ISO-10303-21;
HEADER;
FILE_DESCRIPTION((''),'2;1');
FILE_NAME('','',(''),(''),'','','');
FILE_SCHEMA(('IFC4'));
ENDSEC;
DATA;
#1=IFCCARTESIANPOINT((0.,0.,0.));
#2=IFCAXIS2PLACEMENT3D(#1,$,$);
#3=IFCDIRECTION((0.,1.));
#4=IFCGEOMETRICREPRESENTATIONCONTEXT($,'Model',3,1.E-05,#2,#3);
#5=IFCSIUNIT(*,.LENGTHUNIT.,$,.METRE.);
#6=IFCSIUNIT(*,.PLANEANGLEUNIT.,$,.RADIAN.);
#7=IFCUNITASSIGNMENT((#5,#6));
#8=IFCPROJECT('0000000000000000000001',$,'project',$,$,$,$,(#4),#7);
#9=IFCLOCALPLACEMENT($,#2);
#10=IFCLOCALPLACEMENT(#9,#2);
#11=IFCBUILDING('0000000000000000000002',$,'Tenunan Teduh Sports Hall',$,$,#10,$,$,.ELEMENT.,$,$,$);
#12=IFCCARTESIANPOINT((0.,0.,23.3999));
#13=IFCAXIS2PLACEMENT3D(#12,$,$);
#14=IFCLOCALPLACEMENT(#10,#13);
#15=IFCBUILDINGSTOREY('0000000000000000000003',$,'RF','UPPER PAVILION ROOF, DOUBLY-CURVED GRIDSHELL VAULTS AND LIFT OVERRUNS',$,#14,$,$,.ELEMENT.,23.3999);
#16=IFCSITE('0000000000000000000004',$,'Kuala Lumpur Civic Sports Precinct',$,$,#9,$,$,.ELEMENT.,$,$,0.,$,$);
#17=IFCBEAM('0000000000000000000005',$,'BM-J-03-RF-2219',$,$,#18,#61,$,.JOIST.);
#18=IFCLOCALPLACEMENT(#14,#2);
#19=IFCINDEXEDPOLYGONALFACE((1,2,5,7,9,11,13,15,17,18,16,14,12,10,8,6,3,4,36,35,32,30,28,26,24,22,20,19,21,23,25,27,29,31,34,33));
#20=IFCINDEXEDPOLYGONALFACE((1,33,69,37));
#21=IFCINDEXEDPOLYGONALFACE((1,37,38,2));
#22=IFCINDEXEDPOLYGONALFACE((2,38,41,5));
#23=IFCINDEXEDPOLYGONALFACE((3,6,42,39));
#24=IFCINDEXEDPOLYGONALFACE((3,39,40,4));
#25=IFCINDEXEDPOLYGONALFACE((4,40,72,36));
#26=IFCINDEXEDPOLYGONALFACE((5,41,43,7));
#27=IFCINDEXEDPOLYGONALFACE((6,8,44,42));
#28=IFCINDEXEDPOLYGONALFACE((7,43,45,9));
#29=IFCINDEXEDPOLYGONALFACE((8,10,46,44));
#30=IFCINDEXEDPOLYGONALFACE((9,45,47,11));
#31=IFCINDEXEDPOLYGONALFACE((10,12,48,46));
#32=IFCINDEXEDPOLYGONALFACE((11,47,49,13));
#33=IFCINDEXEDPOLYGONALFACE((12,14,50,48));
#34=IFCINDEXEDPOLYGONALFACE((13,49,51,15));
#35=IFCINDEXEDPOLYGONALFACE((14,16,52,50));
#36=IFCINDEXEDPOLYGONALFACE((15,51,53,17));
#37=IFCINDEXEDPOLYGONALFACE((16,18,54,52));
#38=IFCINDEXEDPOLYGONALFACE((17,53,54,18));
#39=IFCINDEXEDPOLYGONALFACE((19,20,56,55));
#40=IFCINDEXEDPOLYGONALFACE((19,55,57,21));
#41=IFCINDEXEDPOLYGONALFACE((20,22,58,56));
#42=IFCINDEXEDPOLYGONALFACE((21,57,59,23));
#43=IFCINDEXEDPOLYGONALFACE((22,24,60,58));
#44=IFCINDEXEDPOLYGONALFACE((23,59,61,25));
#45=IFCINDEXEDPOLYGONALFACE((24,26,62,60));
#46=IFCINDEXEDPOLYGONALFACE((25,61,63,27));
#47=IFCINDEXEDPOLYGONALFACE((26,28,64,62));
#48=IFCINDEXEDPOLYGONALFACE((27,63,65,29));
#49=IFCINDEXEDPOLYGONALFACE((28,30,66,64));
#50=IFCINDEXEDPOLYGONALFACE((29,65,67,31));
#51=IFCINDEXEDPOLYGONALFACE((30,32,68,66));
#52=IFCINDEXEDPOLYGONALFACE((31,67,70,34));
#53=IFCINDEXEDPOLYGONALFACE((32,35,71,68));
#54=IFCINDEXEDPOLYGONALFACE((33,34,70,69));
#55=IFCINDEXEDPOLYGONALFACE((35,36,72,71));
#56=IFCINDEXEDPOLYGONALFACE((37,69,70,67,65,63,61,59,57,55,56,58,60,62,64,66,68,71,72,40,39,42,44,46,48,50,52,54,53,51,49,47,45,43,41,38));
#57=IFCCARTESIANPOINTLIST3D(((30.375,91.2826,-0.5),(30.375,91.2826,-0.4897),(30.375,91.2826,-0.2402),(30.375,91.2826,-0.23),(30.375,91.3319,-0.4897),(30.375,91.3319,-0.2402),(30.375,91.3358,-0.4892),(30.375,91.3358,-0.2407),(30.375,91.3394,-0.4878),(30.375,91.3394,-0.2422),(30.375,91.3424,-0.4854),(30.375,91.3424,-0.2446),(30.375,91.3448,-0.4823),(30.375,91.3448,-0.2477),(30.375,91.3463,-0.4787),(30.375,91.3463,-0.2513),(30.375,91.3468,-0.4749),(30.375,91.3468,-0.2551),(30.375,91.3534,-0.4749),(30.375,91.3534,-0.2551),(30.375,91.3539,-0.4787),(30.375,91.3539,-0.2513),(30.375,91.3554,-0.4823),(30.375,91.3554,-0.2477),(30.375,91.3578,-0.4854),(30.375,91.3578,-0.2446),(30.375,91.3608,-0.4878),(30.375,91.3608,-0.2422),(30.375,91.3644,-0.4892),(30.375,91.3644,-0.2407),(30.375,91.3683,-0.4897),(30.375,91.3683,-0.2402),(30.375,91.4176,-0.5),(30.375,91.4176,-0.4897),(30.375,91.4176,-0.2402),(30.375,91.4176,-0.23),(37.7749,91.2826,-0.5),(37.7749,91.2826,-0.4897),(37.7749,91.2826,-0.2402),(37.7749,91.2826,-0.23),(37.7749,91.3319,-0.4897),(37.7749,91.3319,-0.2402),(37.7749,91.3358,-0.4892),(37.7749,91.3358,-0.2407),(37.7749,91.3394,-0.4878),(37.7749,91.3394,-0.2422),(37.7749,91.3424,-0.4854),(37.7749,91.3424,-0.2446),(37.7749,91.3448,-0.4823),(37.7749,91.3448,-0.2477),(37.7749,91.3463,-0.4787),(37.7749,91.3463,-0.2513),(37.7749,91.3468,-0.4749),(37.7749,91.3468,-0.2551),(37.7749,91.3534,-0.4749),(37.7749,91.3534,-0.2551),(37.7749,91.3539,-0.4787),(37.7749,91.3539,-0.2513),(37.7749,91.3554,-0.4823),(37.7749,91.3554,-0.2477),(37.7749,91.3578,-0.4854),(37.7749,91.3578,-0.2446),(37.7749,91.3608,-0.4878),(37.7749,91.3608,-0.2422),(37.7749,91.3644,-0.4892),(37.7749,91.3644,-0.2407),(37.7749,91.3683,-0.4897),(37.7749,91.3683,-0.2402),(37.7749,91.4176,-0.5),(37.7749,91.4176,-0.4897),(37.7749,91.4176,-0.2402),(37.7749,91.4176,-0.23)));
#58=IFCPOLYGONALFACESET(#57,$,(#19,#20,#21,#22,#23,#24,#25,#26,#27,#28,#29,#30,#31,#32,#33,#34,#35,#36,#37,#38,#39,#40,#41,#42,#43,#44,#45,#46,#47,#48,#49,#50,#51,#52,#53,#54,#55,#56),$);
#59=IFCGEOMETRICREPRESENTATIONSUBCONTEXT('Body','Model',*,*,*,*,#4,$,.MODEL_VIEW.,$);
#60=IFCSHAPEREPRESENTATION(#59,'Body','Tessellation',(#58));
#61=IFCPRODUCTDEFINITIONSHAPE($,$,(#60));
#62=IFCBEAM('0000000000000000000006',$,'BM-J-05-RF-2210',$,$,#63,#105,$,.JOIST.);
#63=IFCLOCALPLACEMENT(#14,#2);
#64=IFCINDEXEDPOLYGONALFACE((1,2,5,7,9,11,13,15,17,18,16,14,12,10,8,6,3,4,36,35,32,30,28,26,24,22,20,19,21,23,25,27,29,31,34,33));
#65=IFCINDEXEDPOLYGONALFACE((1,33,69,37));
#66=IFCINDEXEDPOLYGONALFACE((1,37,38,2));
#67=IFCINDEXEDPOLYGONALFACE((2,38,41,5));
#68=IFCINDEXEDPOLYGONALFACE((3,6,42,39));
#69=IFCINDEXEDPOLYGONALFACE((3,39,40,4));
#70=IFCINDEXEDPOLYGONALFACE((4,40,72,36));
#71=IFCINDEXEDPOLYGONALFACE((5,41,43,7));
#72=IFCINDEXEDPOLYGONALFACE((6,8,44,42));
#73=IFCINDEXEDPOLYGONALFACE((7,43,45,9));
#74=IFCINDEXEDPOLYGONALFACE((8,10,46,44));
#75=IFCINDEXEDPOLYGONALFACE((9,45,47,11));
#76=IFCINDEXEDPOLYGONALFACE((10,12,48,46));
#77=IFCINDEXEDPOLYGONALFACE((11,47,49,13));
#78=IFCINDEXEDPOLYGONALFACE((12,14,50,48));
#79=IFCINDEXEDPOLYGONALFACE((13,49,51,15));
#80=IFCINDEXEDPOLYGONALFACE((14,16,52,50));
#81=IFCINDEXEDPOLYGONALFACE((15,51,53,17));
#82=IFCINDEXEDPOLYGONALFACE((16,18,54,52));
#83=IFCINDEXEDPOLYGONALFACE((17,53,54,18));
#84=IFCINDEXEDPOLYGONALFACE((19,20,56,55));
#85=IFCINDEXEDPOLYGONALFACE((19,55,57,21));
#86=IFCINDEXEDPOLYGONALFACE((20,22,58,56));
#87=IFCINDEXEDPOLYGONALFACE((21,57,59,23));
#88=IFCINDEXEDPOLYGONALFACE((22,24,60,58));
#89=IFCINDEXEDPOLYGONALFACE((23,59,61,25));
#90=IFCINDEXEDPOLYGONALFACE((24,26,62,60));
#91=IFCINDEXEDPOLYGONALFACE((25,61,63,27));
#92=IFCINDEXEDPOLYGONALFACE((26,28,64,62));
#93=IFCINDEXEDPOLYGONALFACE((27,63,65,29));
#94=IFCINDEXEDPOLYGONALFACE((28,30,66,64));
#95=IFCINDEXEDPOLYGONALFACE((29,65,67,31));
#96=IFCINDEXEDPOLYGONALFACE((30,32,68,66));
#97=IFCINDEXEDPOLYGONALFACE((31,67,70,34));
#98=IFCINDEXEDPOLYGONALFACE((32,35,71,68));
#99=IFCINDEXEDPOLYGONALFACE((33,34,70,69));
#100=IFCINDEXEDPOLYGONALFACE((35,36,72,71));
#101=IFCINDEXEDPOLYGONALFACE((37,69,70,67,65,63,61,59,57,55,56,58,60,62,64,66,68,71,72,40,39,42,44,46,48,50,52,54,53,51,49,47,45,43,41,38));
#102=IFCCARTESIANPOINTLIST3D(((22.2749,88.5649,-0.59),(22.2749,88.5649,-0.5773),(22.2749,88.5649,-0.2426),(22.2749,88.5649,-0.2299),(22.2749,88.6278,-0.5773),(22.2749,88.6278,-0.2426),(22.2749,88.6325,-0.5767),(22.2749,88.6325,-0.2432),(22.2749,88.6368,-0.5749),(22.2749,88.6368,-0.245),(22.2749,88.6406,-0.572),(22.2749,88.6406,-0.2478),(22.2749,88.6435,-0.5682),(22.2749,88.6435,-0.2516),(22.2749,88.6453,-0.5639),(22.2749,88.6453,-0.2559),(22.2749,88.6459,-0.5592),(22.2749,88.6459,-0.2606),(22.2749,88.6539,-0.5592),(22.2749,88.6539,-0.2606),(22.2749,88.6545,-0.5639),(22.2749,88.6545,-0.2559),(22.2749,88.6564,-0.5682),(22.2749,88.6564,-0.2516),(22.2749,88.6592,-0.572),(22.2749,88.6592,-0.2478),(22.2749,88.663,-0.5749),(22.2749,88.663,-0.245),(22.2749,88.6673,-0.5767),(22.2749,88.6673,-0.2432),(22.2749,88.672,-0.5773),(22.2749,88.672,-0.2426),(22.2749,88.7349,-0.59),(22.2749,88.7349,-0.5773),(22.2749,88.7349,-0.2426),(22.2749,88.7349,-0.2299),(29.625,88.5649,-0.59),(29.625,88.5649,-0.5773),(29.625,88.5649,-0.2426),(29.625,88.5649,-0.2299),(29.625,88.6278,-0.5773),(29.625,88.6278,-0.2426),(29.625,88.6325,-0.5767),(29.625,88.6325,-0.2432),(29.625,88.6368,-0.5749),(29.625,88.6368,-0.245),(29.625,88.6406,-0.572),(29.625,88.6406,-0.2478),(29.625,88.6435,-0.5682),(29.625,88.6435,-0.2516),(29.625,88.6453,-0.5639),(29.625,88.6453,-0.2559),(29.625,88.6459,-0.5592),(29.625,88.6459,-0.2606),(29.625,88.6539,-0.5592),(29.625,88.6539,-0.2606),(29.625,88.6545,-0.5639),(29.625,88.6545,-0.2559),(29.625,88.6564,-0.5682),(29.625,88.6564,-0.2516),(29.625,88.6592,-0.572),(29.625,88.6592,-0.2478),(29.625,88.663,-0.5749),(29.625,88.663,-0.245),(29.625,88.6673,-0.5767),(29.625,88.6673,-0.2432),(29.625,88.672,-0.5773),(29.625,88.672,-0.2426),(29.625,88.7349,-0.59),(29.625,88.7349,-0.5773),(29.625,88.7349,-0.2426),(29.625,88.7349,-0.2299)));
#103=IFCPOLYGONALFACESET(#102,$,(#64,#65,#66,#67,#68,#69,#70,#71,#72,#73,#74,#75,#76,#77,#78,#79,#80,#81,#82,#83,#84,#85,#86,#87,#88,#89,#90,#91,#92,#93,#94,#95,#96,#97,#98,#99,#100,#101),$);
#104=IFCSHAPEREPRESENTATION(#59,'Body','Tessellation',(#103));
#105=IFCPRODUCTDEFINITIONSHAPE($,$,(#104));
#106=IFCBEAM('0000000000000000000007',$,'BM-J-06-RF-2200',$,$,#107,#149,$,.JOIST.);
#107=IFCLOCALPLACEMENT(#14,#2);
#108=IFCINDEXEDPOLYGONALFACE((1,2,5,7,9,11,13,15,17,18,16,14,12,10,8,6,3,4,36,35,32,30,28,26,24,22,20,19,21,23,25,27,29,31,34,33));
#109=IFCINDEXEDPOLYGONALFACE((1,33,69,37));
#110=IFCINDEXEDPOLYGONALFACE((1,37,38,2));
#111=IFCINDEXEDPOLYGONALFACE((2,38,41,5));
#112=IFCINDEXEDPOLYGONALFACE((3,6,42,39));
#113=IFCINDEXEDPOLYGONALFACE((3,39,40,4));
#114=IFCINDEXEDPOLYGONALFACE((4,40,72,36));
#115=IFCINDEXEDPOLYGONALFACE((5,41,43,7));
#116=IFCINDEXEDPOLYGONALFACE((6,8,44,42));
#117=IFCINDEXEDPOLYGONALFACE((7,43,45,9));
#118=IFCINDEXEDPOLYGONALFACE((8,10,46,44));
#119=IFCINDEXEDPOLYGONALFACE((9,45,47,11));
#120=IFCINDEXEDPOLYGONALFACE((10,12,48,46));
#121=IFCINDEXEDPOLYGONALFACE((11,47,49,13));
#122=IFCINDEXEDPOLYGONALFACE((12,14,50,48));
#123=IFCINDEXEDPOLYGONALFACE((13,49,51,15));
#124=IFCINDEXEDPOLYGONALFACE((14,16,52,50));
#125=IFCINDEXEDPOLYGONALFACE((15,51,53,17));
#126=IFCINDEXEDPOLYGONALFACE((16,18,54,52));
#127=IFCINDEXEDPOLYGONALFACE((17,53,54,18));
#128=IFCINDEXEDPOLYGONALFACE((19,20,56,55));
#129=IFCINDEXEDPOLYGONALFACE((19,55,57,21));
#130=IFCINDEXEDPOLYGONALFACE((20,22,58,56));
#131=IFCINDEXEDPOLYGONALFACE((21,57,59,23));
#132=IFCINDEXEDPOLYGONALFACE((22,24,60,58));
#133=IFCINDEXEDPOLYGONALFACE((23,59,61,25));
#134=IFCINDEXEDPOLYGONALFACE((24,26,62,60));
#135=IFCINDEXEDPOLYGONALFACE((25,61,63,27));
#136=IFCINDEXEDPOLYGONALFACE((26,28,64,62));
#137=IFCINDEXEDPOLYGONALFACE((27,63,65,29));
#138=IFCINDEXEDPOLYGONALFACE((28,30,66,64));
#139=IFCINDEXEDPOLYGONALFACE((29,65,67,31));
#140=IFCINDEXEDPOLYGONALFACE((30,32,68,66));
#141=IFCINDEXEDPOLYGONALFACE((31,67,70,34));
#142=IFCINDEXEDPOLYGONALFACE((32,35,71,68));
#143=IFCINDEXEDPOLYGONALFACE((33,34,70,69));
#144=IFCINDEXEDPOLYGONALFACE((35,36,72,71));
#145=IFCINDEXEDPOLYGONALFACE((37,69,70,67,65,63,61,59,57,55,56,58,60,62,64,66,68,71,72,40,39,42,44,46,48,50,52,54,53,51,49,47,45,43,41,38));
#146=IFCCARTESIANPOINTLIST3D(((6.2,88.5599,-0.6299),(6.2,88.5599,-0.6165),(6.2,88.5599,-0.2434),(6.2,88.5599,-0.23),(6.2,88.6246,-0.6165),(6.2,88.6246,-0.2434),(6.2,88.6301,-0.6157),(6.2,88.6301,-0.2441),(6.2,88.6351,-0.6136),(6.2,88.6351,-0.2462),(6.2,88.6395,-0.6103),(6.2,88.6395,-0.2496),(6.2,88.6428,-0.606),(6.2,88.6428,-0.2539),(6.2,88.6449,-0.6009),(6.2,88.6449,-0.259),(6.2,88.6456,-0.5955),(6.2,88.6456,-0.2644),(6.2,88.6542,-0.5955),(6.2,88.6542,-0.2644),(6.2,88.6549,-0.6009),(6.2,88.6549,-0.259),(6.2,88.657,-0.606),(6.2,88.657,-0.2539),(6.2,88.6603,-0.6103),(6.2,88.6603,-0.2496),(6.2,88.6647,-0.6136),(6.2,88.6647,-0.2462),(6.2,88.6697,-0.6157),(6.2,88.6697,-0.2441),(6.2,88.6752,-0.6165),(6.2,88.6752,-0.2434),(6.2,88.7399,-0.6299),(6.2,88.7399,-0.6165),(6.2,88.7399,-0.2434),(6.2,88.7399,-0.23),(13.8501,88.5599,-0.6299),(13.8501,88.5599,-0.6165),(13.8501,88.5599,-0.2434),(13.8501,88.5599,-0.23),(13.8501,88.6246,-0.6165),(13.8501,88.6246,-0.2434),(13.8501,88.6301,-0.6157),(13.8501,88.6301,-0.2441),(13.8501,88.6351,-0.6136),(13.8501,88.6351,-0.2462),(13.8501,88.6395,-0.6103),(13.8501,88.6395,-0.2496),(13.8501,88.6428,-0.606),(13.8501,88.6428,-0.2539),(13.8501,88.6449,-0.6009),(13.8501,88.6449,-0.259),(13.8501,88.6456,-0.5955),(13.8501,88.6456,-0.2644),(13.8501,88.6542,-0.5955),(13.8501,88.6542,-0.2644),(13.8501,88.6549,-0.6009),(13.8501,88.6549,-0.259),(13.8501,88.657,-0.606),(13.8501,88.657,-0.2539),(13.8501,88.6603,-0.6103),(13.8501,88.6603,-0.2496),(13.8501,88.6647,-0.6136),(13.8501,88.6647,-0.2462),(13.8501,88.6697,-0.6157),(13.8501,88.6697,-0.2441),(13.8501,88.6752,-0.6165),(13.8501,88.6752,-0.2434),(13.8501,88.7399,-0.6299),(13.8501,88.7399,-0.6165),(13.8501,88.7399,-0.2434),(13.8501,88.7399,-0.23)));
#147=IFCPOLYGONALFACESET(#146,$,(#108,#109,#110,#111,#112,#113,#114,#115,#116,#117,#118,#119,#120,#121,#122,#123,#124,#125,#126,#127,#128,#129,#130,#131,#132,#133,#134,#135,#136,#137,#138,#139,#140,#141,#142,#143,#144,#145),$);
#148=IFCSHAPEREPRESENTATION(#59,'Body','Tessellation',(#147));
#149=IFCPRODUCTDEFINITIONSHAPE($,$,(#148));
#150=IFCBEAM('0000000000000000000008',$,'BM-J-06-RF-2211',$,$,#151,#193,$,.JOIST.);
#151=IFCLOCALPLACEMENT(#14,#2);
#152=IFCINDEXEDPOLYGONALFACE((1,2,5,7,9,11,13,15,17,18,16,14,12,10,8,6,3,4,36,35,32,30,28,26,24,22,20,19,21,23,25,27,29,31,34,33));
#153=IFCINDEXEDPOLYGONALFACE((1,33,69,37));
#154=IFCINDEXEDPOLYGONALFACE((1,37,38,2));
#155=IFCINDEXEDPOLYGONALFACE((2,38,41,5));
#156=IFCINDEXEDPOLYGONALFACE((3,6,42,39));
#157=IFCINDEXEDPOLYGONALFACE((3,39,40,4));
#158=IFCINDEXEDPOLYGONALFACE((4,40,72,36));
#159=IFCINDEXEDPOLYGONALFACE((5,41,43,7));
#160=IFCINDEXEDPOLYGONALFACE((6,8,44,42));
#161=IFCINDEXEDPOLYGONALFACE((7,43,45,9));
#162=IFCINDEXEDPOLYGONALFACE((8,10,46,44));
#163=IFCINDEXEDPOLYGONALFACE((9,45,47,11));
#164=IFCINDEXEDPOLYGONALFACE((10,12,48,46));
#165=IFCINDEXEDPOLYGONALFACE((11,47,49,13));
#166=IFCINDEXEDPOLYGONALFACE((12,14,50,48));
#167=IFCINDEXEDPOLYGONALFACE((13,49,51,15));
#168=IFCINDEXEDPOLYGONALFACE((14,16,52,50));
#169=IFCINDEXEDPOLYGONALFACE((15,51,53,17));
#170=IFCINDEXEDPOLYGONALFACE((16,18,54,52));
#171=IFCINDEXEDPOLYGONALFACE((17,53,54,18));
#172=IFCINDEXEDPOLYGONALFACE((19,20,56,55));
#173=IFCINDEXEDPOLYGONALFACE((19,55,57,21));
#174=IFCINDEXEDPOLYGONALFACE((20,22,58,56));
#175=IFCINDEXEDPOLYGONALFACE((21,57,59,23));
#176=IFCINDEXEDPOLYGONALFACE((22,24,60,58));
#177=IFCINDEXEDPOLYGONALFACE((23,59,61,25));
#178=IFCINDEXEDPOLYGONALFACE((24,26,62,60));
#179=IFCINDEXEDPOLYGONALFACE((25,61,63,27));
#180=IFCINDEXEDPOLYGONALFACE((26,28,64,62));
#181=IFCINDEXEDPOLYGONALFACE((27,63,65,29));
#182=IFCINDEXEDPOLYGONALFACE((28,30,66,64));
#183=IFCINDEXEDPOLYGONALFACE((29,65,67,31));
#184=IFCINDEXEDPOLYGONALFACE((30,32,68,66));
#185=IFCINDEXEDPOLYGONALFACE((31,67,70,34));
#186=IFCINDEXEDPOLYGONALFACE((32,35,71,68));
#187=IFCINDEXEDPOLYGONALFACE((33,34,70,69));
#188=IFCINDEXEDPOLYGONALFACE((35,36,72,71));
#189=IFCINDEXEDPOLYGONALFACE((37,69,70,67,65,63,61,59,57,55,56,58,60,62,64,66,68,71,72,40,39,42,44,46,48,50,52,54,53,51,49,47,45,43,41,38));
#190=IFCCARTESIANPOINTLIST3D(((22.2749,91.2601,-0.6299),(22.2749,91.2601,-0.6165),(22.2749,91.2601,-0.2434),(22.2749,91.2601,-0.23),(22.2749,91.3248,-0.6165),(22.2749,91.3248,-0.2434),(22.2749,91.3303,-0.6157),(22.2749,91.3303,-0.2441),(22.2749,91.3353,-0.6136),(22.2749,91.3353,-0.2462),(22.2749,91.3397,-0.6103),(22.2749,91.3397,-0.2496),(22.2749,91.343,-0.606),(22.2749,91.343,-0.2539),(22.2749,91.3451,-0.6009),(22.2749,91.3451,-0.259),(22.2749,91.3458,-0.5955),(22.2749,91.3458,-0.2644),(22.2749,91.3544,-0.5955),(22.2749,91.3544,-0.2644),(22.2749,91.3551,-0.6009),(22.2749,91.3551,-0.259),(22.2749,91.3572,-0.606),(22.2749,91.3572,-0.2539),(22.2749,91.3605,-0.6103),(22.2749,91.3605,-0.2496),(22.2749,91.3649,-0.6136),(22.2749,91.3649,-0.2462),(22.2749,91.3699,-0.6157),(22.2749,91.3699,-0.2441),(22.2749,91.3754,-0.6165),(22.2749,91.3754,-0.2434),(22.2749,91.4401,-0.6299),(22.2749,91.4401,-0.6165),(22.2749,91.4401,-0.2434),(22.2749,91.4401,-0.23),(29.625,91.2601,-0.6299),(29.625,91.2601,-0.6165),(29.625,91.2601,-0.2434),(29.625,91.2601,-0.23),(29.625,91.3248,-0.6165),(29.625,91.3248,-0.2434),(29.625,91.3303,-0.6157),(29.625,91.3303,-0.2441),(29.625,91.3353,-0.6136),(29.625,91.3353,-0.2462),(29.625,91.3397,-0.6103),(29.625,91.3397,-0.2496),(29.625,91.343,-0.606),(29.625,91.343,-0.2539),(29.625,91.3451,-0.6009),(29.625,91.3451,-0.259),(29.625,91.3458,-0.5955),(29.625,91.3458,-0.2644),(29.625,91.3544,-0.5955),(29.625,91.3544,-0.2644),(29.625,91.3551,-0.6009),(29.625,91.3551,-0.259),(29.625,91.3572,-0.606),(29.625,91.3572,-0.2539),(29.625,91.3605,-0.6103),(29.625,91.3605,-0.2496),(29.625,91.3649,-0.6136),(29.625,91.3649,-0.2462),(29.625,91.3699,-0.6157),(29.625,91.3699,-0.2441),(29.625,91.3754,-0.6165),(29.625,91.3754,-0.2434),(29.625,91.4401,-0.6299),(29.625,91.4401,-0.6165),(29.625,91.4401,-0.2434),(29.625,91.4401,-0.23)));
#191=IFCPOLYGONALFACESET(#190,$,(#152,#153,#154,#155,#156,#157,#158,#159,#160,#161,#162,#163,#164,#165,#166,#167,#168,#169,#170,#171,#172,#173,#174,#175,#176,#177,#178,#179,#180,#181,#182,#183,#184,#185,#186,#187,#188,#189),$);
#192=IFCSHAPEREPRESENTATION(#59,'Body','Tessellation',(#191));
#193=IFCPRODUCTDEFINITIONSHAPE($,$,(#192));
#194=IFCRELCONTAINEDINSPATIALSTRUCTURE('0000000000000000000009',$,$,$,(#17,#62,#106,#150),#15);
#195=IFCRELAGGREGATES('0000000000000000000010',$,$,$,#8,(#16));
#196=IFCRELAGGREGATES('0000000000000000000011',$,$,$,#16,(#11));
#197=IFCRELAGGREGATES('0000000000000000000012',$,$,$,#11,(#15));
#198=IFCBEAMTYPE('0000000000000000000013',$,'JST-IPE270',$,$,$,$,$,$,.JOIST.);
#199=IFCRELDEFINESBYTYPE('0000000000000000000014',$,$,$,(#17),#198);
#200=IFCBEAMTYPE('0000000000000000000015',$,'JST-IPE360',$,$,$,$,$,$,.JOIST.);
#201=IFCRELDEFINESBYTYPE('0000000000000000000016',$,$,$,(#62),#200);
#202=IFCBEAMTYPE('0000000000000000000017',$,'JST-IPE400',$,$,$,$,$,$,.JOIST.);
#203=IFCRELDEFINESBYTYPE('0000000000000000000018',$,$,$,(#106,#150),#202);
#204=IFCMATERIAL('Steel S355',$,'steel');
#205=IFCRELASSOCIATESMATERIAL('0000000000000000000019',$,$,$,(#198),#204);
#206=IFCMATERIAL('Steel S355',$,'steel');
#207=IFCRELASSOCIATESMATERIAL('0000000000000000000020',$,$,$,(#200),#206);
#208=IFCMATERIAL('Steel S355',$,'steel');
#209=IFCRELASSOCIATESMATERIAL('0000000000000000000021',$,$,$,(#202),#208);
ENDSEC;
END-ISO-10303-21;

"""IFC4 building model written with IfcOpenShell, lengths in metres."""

from ifc_helpers import new_model, si_unit, direction, frame, origin, origin_2d, place, context, subcontext, project, spatial, i_section, extrude, material, material_profile, profile_set, type_object, element, save


model = new_model("IFC4")

# Units and contexts
model_context = context("Model", 3, precision=1e-05, world=origin(), true_north=direction((0.0, 1.0)))
body_context = subcontext(model_context, "Body", "Model", "MODEL_VIEW")
ifc_project = project(units=[si_unit("LENGTHUNIT", "METRE"), si_unit("PLANEANGLEUNIT", "RADIAN")], contexts=[model_context])

# Site, building, storey
site_placement = place(None, origin())
site = spatial("IfcSite", under=ifc_project, at=site_placement, Name="Kuala Lumpur Civic Sports Precinct", CompositionType="ELEMENT", RefElevation=0.0)
building_placement = place(site_placement, origin())
building = spatial("IfcBuilding", under=site, at=building_placement, Name="Tenunan Teduh Sports Hall", CompositionType="ELEMENT")
storey_placement = place(building_placement, frame((0.0, 0.0, 23.3999)))
storey = spatial("IfcBuildingStorey", under=building, at=storey_placement, Name="RF", Description="UPPER PAVILION ROOF, DOUBLY-CURVED GRIDSHELL VAULTS AND LIFT OVERRUNS", CompositionType="ELEMENT", Elevation=23.3999)

# Beams
ifc_material_1 = material(Name="Steel S355", Category="steel")
ifc_material_profile_1 = material_profile(ifc_material_1, i_section(OverallWidth=0.135, OverallDepth=0.27, WebThickness=0.0066, FlangeThickness=0.0103, FilletRadius=0.0149, at=origin_2d()), Name="IPE 270")
ifc_profile_set_1 = profile_set([ifc_material_profile_1], Name="Steel S355")
beam_type_1 = type_object("IfcBeamType", Name="JST-IPE270", PredefinedType="JOIST", material=ifc_profile_set_1)
beam_1_placement = place(storey_placement, frame((30.375, 91.3501, -0.365), z_axis=(1.0, 0.0, 0.0), x_axis=(0.0, 1.0, 0.0)))
element("IfcBeam", 1, at=beam_1_placement, inside=storey, type_object=beam_type_1, Name="BM-J-03-RF-2219", PredefinedType="JOIST", context=body_context, shape_type="SweptSolid", body=[
    extrude(i_section(OverallWidth=0.135, OverallDepth=0.27, WebThickness=0.0066, FlangeThickness=0.0103, FilletRadius=0.0149, at=origin_2d()), origin(), (0.0, 0.0, 1.0), 7.3999),
])
ifc_material_2 = material(Name="Steel S355", Category="steel")
ifc_material_profile_2 = material_profile(ifc_material_2, i_section(OverallWidth=0.1699, OverallDepth=0.3601, WebThickness=0.0081, FlangeThickness=0.0127, FilletRadius=0.0181, at=origin_2d()), Name="IPE 360")
ifc_profile_set_2 = profile_set([ifc_material_profile_2], Name="Steel S355")
beam_type_2 = type_object("IfcBeamType", Name="JST-IPE360", PredefinedType="JOIST", material=ifc_profile_set_2)
beam_2_placement = place(storey_placement, frame((22.2749, 88.6499, -0.4099), z_axis=(1.0, 0.0, 0.0), x_axis=(0.0, 1.0, 0.0)))
element("IfcBeam", 2, at=beam_2_placement, inside=storey, type_object=beam_type_2, Name="BM-J-05-RF-2210", PredefinedType="JOIST", context=body_context, shape_type="SweptSolid", body=[
    extrude(i_section(OverallWidth=0.1699, OverallDepth=0.3601, WebThickness=0.0081, FlangeThickness=0.0127, FilletRadius=0.0181, at=origin_2d()), origin(), (0.0, 0.0, 1.0), 7.3501),
])
ifc_material_3 = material(Name="Steel S355", Category="steel")
ifc_material_profile_3 = material_profile(ifc_material_3, i_section(OverallWidth=0.1799, OverallDepth=0.3999, WebThickness=0.0085, FlangeThickness=0.0134, FilletRadius=0.021, at=origin_2d()), Name="IPE 400")
ifc_profile_set_3 = profile_set([ifc_material_profile_3], Name="Steel S355")
beam_type_3 = type_object("IfcBeamType", Name="JST-IPE400", PredefinedType="JOIST", material=ifc_profile_set_3)
beam_3_placement = place(storey_placement, frame((6.2, 88.6499, -0.4299), z_axis=(1.0, 0.0, 0.0), x_axis=(0.0, 1.0, 0.0)))
element("IfcBeam", 3, at=beam_3_placement, inside=storey, type_object=beam_type_3, Name="BM-J-06-RF-2200", PredefinedType="JOIST", context=body_context, shape_type="SweptSolid", body=[
    extrude(i_section(OverallWidth=0.1799, OverallDepth=0.3999, WebThickness=0.0085, FlangeThickness=0.0134, FilletRadius=0.021, at=origin_2d()), origin(), (0.0, 0.0, 1.0), 7.6501),
])
beam_4_placement = place(storey_placement, frame((22.2749, 91.3501, -0.4299), z_axis=(1.0, 0.0, 0.0), x_axis=(0.0, 1.0, 0.0)))
element("IfcBeam", 4, at=beam_4_placement, inside=storey, type_object=beam_type_3, Name="BM-J-06-RF-2211", PredefinedType="JOIST", context=body_context, shape_type="SweptSolid", body=[
    extrude(i_section(OverallWidth=0.1799, OverallDepth=0.3999, WebThickness=0.0085, FlangeThickness=0.0134, FilletRadius=0.021, at=origin_2d()), origin(), (0.0, 0.0, 1.0), 7.3501),
])

save(model, "model.ifc")
